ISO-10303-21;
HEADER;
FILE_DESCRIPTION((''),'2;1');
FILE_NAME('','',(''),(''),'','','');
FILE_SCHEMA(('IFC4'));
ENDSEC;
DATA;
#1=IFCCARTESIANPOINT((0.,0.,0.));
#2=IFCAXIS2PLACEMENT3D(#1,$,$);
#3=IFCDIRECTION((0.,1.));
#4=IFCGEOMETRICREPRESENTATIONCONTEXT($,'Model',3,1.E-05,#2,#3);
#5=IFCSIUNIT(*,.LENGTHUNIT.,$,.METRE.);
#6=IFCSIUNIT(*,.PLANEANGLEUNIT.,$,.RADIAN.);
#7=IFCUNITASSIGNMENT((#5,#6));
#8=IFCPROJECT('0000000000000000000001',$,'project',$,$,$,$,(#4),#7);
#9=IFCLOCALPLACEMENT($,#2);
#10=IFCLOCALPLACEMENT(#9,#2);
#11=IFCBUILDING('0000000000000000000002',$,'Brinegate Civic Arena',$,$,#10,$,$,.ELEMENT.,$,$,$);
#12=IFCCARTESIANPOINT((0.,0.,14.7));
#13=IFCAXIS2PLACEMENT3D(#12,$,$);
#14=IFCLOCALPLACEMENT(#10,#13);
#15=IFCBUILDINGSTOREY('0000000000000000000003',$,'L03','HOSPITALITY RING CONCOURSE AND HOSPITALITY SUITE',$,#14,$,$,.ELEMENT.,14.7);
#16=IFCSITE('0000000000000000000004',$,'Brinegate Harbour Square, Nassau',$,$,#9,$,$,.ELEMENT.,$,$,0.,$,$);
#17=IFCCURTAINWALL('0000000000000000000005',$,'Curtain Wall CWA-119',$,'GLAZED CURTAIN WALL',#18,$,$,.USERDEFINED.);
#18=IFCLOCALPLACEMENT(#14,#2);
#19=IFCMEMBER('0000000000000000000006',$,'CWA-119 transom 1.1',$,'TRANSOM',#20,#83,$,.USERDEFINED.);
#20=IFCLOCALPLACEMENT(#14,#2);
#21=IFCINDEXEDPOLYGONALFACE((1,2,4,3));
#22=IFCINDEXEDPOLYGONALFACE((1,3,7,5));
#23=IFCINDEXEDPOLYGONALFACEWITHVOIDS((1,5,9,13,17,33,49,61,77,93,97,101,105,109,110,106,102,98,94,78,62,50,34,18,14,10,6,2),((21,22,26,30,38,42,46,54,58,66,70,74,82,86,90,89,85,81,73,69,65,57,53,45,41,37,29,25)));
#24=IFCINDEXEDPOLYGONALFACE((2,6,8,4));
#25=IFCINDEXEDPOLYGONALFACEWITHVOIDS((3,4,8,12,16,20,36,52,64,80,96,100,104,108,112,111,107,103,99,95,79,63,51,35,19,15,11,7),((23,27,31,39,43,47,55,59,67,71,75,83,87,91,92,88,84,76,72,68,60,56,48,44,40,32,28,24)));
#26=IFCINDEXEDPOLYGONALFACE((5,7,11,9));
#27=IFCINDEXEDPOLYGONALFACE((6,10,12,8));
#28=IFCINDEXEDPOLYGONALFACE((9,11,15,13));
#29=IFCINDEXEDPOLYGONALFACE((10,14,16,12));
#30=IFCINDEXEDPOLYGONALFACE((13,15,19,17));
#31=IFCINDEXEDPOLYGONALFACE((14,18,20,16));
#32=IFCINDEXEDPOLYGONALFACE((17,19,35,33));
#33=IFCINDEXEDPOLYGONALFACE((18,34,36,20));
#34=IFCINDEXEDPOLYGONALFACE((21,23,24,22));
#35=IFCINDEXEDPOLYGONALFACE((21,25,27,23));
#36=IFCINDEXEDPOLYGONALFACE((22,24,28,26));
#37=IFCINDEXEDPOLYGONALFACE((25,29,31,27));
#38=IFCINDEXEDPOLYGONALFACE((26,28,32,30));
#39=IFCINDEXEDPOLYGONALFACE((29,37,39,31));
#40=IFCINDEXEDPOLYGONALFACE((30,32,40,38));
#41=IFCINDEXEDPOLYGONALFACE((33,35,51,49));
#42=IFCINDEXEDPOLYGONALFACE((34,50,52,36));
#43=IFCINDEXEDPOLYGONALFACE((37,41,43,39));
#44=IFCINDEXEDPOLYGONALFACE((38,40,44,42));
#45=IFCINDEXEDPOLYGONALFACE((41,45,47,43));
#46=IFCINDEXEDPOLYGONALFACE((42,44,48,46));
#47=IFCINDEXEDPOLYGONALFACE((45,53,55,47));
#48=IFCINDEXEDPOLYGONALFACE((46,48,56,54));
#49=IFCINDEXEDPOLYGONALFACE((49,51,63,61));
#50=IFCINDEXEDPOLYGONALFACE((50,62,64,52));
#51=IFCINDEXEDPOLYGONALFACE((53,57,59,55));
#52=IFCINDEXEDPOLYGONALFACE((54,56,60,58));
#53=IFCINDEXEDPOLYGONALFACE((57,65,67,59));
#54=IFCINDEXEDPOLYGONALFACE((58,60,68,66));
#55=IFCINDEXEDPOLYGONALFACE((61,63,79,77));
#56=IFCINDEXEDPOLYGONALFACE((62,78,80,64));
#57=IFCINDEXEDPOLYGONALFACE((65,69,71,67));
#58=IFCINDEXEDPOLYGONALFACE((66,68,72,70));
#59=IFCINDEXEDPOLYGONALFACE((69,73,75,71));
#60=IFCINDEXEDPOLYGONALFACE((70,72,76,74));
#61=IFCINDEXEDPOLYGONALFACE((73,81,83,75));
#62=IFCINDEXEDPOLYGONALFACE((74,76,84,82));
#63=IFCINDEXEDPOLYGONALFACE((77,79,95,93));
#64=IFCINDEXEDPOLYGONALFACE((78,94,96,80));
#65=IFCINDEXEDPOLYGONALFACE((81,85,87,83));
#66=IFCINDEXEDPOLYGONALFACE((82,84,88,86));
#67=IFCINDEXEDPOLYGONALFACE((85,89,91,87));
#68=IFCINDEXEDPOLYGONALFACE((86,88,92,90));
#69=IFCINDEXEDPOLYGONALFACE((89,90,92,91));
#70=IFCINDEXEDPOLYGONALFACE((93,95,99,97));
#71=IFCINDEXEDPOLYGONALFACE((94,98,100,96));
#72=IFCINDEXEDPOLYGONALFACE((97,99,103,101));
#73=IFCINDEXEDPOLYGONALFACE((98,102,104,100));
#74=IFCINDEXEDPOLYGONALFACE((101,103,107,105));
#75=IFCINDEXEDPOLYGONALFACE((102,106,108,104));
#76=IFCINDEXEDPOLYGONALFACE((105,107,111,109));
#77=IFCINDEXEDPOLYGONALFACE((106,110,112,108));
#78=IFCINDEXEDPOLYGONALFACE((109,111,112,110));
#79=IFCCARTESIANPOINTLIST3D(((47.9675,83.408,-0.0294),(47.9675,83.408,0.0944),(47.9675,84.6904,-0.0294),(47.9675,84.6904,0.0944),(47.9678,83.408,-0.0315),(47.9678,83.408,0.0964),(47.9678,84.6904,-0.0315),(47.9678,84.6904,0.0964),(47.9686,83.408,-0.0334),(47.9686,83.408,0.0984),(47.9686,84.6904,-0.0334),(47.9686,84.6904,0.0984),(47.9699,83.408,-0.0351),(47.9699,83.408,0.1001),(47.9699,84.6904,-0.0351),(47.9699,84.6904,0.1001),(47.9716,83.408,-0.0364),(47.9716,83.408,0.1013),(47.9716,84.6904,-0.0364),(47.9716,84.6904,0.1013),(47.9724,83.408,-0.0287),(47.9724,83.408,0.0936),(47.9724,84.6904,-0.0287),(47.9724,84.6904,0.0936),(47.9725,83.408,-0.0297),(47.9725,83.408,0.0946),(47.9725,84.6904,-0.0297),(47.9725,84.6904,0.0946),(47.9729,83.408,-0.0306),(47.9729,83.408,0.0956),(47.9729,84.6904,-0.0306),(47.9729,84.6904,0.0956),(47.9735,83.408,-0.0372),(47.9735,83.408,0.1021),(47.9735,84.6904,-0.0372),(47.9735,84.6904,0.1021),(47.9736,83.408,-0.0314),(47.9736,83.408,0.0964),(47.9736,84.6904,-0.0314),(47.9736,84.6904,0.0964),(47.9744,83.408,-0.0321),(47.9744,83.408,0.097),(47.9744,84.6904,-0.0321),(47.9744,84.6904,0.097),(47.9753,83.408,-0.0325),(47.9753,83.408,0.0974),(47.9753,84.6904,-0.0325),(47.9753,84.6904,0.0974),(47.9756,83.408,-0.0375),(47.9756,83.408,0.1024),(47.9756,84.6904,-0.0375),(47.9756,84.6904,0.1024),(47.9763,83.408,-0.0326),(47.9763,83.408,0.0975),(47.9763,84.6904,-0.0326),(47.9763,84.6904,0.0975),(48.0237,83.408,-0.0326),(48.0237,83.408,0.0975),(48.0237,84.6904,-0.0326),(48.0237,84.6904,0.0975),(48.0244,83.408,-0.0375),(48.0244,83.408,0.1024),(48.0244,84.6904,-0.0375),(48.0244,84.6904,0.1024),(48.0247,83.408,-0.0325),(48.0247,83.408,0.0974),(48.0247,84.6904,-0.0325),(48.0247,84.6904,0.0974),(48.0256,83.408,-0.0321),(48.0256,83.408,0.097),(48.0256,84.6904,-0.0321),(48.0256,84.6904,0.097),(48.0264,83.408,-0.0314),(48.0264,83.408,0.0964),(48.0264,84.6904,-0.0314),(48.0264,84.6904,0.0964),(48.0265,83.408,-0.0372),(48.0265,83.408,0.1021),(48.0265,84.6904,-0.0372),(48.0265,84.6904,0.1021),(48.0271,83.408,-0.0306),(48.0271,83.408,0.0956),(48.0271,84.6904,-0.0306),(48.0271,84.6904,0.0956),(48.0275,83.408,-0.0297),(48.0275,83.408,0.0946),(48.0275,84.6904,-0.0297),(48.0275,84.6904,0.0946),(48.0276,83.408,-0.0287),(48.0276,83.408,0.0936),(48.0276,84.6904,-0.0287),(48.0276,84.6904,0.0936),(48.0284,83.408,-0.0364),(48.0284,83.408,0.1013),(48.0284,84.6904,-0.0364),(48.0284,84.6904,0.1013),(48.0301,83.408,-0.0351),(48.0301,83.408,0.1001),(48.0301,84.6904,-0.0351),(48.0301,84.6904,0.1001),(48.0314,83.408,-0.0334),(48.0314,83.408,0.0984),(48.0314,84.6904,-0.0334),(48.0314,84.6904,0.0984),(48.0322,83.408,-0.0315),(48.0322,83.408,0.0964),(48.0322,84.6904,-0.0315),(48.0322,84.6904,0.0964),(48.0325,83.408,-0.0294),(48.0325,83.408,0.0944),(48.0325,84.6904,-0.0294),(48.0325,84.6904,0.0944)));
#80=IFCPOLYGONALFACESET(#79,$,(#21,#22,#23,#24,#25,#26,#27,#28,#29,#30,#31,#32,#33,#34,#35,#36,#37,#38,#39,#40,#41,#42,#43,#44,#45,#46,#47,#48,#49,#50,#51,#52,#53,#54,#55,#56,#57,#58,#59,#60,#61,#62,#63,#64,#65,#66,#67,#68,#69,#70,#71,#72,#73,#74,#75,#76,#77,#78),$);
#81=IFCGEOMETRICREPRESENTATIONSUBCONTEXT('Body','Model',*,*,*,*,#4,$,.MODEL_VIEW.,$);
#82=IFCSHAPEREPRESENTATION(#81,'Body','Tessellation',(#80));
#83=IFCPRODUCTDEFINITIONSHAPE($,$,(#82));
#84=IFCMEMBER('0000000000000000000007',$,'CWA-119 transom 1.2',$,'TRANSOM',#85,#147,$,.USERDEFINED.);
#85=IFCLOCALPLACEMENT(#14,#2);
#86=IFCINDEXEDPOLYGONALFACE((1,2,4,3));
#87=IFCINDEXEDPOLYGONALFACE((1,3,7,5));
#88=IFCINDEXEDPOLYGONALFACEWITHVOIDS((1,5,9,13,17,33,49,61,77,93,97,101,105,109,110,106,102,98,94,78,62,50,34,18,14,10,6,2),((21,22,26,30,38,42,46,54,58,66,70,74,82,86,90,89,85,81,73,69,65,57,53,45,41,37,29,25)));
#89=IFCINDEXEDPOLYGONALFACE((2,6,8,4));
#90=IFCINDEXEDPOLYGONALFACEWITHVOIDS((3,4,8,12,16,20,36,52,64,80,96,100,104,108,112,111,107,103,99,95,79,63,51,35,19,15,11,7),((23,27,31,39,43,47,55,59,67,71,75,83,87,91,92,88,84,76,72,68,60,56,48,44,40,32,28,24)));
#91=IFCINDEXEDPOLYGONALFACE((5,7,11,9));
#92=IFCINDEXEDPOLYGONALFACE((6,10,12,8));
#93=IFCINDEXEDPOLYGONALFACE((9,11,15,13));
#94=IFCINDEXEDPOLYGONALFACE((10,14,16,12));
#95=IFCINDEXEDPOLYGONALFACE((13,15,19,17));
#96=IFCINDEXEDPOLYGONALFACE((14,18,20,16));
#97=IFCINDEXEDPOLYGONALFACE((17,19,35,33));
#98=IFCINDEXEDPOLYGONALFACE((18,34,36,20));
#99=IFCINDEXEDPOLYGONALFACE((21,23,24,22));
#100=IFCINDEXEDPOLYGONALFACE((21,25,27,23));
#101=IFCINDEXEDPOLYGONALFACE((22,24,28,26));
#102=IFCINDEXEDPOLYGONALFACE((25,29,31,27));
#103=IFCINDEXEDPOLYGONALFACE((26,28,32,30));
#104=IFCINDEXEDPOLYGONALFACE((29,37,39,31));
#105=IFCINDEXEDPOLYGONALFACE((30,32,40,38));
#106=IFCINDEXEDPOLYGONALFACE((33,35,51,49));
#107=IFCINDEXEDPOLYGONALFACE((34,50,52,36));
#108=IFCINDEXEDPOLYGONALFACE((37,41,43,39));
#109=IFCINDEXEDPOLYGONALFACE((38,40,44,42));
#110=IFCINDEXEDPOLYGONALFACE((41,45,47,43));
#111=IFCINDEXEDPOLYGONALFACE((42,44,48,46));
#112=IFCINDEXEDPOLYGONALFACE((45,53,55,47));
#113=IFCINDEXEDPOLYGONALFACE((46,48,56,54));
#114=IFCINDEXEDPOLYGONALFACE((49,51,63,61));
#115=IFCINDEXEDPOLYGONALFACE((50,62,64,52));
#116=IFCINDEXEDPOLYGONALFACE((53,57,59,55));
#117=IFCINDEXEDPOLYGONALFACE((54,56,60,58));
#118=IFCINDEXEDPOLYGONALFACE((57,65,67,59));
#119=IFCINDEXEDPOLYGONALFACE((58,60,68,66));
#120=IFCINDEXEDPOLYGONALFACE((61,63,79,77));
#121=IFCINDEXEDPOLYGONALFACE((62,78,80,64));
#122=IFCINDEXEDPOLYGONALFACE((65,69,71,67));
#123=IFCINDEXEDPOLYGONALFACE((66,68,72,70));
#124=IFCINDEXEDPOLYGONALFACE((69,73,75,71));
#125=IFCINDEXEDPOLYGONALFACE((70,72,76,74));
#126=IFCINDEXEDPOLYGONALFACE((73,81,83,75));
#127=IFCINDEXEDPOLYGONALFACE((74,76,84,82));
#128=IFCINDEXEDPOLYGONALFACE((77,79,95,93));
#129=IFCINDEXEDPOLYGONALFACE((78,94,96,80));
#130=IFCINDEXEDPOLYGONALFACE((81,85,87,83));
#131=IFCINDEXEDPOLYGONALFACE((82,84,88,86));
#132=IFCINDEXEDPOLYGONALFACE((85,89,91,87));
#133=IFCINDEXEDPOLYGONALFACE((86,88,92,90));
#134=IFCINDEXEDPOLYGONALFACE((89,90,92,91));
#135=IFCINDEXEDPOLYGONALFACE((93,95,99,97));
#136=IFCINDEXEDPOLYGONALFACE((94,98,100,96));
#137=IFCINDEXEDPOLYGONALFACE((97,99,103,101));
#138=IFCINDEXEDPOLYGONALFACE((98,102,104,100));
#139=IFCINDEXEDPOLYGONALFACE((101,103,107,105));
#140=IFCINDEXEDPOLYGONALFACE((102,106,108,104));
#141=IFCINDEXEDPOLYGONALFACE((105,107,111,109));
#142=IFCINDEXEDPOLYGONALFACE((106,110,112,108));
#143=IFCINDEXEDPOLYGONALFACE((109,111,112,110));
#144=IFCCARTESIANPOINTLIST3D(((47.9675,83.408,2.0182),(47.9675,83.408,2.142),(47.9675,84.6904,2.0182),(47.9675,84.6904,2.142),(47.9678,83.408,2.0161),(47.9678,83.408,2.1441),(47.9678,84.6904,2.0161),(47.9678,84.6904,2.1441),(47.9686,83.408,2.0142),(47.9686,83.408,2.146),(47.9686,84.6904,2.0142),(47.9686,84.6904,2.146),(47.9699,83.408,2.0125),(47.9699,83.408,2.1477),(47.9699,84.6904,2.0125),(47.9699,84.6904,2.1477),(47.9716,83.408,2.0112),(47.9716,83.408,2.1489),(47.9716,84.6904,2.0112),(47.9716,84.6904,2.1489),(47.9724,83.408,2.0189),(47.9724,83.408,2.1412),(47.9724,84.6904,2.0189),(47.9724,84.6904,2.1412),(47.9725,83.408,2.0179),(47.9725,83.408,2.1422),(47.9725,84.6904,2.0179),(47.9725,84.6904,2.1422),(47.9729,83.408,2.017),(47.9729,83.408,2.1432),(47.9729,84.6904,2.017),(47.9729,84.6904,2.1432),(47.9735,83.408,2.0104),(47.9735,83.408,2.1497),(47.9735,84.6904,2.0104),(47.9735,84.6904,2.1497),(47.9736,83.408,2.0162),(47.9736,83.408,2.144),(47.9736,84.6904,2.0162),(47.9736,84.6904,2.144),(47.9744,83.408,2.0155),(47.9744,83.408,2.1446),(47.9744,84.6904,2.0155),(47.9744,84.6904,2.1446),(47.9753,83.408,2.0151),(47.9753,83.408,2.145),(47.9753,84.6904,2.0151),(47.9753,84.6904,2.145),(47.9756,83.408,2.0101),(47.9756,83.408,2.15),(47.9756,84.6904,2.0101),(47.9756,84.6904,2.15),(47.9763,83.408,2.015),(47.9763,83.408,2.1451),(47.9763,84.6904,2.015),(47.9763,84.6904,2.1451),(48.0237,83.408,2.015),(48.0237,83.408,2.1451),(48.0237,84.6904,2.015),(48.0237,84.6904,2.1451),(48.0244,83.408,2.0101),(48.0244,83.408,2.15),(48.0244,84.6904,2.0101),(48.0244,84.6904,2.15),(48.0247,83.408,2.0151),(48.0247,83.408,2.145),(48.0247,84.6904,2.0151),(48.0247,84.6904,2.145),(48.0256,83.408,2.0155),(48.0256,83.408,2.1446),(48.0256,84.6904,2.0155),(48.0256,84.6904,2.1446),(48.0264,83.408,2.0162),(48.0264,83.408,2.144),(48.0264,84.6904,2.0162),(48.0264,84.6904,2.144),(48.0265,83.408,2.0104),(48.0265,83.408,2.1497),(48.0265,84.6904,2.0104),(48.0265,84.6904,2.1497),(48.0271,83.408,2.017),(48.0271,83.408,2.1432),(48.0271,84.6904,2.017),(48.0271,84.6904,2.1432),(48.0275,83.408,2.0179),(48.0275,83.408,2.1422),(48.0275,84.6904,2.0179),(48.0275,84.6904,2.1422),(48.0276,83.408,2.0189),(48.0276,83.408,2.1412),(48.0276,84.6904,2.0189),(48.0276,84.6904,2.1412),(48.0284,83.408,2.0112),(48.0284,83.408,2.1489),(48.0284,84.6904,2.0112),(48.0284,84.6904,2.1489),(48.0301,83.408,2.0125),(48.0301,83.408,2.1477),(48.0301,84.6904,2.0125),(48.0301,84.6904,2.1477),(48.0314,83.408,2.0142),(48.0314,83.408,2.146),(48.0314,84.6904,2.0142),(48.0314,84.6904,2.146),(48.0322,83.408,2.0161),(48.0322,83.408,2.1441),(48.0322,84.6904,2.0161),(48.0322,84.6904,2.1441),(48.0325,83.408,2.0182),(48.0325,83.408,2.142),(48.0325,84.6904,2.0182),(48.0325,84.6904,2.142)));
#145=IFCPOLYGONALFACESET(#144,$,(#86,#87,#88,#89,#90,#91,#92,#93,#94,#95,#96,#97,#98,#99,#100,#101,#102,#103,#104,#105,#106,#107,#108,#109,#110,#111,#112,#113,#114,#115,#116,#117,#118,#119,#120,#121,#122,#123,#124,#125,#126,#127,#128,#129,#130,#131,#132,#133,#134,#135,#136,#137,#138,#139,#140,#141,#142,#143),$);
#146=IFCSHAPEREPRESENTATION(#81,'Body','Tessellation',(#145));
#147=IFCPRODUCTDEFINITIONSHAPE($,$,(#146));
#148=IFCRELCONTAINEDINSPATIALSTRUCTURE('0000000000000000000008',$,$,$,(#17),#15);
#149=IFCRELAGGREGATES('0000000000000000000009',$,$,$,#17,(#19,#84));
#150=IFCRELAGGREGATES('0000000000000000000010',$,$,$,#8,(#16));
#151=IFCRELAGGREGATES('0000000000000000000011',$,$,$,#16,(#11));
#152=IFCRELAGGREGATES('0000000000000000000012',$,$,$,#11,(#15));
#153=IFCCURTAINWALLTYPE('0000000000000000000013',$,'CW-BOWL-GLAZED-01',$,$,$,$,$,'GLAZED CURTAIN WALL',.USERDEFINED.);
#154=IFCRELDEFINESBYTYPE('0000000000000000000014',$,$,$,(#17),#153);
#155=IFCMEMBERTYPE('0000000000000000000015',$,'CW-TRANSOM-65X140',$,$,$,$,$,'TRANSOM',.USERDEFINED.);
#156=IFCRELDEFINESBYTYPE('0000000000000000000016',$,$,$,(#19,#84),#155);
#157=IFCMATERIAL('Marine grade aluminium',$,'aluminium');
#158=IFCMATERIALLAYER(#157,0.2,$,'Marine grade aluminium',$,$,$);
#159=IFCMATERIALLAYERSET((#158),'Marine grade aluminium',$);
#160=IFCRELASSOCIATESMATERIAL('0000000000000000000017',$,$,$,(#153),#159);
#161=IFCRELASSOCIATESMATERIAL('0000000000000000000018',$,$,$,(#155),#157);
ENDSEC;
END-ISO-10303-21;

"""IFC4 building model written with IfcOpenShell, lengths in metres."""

from ifc_helpers import new_model, si_unit, direction, frame, origin, origin_2d, place, context, subcontext, project, spatial, hollow_rectangle, extrude, material, layer, layer_set, material_profile, profile_set, type_object, element, aggregate, save


model = new_model("IFC4")

# Units and contexts
model_context = context("Model", 3, precision=1e-05, world=origin(), true_north=direction((0.0, 1.0)))
body_context = subcontext(model_context, "Body", "Model", "MODEL_VIEW")
ifc_project = project(units=[si_unit("LENGTHUNIT", "METRE"), si_unit("PLANEANGLEUNIT", "RADIAN")], contexts=[model_context])

# Site, building, storey
site_placement = place(None, origin())
site = spatial("IfcSite", under=ifc_project, at=site_placement, Name="Brinegate Harbour Square, Nassau", CompositionType="ELEMENT", RefElevation=0.0)
building_placement = place(site_placement, origin())
building = spatial("IfcBuilding", under=site, at=building_placement, Name="Brinegate Civic Arena", CompositionType="ELEMENT")
storey_placement = place(building_placement, frame((0.0, 0.0, 14.7)))
storey = spatial("IfcBuildingStorey", under=building, at=storey_placement, Name="L03", Description="HOSPITALITY RING CONCOURSE AND HOSPITALITY SUITE", CompositionType="ELEMENT", Elevation=14.7)

# Curtain wall, members
ifc_material_1 = material(Name="Marine grade aluminium", Category="aluminium")
ifc_layer_1 = layer(ifc_material_1, 0.2, Name="Marine grade aluminium")
ifc_layer_set_1 = layer_set([ifc_layer_1], Name="Marine grade aluminium")
curtain_wall_type = type_object("IfcCurtainWallType", Name="CW-BOWL-GLAZED-01", ElementType="GLAZED CURTAIN WALL", PredefinedType="USERDEFINED", material=ifc_layer_set_1)
curtain_wall_1_placement = place(storey_placement, origin())
curtain_wall_1 = element("IfcCurtainWall", 1, at=curtain_wall_1_placement, inside=storey, type_object=curtain_wall_type, Name="Curtain Wall CWA-119", ObjectType="GLAZED CURTAIN WALL", PredefinedType="USERDEFINED")
ifc_material_profile_1 = material_profile(ifc_material_1, hollow_rectangle(XDim=0.0649, YDim=0.1399, WallThickness=0.0049, InnerFilletRadius=0.0039, OuterFilletRadius=0.0081, at=origin_2d()), Name="TRN65X140")
ifc_profile_set_1 = profile_set([ifc_material_profile_1], Name="Marine grade aluminium")
member_type_1 = type_object("IfcMemberType", Name="CW-TRANSOM-65X140", ElementType="TRANSOM", PredefinedType="USERDEFINED", material=ifc_profile_set_1)
member_1_placement = place(storey_placement, frame((48.0, 83.408, 0.0325), z_axis=(0.0, 1.0, 0.0), x_axis=(-1.0, 0.0, 0.0)))
member_1 = element("IfcMember", 2, at=member_1_placement, type_object=member_type_1, Name="CWA-119 transom 1.1", ObjectType="TRANSOM", PredefinedType="USERDEFINED", context=body_context, shape_type="SweptSolid", body=[
    extrude(hollow_rectangle(XDim=0.0649, YDim=0.1399, WallThickness=0.0049, InnerFilletRadius=0.0039, OuterFilletRadius=0.0081, at=origin_2d()), origin(), (0.0, 0.0, 1.0), 1.2825),
])
member_2_placement = place(storey_placement, frame((48.0, 83.408, 2.0801), z_axis=(0.0, 1.0, 0.0), x_axis=(-1.0, 0.0, 0.0)))
member_2 = element("IfcMember", 3, at=member_2_placement, type_object=member_type_1, Name="CWA-119 transom 1.2", ObjectType="TRANSOM", PredefinedType="USERDEFINED", context=body_context, shape_type="SweptSolid", body=[
    extrude(hollow_rectangle(XDim=0.0649, YDim=0.1399, WallThickness=0.0049, InnerFilletRadius=0.0039, OuterFilletRadius=0.0081, at=origin_2d()), origin(), (0.0, 0.0, 1.0), 1.2825),
])

aggregate(curtain_wall_1, [member_1, member_2])

save(model, "model.ifc")
